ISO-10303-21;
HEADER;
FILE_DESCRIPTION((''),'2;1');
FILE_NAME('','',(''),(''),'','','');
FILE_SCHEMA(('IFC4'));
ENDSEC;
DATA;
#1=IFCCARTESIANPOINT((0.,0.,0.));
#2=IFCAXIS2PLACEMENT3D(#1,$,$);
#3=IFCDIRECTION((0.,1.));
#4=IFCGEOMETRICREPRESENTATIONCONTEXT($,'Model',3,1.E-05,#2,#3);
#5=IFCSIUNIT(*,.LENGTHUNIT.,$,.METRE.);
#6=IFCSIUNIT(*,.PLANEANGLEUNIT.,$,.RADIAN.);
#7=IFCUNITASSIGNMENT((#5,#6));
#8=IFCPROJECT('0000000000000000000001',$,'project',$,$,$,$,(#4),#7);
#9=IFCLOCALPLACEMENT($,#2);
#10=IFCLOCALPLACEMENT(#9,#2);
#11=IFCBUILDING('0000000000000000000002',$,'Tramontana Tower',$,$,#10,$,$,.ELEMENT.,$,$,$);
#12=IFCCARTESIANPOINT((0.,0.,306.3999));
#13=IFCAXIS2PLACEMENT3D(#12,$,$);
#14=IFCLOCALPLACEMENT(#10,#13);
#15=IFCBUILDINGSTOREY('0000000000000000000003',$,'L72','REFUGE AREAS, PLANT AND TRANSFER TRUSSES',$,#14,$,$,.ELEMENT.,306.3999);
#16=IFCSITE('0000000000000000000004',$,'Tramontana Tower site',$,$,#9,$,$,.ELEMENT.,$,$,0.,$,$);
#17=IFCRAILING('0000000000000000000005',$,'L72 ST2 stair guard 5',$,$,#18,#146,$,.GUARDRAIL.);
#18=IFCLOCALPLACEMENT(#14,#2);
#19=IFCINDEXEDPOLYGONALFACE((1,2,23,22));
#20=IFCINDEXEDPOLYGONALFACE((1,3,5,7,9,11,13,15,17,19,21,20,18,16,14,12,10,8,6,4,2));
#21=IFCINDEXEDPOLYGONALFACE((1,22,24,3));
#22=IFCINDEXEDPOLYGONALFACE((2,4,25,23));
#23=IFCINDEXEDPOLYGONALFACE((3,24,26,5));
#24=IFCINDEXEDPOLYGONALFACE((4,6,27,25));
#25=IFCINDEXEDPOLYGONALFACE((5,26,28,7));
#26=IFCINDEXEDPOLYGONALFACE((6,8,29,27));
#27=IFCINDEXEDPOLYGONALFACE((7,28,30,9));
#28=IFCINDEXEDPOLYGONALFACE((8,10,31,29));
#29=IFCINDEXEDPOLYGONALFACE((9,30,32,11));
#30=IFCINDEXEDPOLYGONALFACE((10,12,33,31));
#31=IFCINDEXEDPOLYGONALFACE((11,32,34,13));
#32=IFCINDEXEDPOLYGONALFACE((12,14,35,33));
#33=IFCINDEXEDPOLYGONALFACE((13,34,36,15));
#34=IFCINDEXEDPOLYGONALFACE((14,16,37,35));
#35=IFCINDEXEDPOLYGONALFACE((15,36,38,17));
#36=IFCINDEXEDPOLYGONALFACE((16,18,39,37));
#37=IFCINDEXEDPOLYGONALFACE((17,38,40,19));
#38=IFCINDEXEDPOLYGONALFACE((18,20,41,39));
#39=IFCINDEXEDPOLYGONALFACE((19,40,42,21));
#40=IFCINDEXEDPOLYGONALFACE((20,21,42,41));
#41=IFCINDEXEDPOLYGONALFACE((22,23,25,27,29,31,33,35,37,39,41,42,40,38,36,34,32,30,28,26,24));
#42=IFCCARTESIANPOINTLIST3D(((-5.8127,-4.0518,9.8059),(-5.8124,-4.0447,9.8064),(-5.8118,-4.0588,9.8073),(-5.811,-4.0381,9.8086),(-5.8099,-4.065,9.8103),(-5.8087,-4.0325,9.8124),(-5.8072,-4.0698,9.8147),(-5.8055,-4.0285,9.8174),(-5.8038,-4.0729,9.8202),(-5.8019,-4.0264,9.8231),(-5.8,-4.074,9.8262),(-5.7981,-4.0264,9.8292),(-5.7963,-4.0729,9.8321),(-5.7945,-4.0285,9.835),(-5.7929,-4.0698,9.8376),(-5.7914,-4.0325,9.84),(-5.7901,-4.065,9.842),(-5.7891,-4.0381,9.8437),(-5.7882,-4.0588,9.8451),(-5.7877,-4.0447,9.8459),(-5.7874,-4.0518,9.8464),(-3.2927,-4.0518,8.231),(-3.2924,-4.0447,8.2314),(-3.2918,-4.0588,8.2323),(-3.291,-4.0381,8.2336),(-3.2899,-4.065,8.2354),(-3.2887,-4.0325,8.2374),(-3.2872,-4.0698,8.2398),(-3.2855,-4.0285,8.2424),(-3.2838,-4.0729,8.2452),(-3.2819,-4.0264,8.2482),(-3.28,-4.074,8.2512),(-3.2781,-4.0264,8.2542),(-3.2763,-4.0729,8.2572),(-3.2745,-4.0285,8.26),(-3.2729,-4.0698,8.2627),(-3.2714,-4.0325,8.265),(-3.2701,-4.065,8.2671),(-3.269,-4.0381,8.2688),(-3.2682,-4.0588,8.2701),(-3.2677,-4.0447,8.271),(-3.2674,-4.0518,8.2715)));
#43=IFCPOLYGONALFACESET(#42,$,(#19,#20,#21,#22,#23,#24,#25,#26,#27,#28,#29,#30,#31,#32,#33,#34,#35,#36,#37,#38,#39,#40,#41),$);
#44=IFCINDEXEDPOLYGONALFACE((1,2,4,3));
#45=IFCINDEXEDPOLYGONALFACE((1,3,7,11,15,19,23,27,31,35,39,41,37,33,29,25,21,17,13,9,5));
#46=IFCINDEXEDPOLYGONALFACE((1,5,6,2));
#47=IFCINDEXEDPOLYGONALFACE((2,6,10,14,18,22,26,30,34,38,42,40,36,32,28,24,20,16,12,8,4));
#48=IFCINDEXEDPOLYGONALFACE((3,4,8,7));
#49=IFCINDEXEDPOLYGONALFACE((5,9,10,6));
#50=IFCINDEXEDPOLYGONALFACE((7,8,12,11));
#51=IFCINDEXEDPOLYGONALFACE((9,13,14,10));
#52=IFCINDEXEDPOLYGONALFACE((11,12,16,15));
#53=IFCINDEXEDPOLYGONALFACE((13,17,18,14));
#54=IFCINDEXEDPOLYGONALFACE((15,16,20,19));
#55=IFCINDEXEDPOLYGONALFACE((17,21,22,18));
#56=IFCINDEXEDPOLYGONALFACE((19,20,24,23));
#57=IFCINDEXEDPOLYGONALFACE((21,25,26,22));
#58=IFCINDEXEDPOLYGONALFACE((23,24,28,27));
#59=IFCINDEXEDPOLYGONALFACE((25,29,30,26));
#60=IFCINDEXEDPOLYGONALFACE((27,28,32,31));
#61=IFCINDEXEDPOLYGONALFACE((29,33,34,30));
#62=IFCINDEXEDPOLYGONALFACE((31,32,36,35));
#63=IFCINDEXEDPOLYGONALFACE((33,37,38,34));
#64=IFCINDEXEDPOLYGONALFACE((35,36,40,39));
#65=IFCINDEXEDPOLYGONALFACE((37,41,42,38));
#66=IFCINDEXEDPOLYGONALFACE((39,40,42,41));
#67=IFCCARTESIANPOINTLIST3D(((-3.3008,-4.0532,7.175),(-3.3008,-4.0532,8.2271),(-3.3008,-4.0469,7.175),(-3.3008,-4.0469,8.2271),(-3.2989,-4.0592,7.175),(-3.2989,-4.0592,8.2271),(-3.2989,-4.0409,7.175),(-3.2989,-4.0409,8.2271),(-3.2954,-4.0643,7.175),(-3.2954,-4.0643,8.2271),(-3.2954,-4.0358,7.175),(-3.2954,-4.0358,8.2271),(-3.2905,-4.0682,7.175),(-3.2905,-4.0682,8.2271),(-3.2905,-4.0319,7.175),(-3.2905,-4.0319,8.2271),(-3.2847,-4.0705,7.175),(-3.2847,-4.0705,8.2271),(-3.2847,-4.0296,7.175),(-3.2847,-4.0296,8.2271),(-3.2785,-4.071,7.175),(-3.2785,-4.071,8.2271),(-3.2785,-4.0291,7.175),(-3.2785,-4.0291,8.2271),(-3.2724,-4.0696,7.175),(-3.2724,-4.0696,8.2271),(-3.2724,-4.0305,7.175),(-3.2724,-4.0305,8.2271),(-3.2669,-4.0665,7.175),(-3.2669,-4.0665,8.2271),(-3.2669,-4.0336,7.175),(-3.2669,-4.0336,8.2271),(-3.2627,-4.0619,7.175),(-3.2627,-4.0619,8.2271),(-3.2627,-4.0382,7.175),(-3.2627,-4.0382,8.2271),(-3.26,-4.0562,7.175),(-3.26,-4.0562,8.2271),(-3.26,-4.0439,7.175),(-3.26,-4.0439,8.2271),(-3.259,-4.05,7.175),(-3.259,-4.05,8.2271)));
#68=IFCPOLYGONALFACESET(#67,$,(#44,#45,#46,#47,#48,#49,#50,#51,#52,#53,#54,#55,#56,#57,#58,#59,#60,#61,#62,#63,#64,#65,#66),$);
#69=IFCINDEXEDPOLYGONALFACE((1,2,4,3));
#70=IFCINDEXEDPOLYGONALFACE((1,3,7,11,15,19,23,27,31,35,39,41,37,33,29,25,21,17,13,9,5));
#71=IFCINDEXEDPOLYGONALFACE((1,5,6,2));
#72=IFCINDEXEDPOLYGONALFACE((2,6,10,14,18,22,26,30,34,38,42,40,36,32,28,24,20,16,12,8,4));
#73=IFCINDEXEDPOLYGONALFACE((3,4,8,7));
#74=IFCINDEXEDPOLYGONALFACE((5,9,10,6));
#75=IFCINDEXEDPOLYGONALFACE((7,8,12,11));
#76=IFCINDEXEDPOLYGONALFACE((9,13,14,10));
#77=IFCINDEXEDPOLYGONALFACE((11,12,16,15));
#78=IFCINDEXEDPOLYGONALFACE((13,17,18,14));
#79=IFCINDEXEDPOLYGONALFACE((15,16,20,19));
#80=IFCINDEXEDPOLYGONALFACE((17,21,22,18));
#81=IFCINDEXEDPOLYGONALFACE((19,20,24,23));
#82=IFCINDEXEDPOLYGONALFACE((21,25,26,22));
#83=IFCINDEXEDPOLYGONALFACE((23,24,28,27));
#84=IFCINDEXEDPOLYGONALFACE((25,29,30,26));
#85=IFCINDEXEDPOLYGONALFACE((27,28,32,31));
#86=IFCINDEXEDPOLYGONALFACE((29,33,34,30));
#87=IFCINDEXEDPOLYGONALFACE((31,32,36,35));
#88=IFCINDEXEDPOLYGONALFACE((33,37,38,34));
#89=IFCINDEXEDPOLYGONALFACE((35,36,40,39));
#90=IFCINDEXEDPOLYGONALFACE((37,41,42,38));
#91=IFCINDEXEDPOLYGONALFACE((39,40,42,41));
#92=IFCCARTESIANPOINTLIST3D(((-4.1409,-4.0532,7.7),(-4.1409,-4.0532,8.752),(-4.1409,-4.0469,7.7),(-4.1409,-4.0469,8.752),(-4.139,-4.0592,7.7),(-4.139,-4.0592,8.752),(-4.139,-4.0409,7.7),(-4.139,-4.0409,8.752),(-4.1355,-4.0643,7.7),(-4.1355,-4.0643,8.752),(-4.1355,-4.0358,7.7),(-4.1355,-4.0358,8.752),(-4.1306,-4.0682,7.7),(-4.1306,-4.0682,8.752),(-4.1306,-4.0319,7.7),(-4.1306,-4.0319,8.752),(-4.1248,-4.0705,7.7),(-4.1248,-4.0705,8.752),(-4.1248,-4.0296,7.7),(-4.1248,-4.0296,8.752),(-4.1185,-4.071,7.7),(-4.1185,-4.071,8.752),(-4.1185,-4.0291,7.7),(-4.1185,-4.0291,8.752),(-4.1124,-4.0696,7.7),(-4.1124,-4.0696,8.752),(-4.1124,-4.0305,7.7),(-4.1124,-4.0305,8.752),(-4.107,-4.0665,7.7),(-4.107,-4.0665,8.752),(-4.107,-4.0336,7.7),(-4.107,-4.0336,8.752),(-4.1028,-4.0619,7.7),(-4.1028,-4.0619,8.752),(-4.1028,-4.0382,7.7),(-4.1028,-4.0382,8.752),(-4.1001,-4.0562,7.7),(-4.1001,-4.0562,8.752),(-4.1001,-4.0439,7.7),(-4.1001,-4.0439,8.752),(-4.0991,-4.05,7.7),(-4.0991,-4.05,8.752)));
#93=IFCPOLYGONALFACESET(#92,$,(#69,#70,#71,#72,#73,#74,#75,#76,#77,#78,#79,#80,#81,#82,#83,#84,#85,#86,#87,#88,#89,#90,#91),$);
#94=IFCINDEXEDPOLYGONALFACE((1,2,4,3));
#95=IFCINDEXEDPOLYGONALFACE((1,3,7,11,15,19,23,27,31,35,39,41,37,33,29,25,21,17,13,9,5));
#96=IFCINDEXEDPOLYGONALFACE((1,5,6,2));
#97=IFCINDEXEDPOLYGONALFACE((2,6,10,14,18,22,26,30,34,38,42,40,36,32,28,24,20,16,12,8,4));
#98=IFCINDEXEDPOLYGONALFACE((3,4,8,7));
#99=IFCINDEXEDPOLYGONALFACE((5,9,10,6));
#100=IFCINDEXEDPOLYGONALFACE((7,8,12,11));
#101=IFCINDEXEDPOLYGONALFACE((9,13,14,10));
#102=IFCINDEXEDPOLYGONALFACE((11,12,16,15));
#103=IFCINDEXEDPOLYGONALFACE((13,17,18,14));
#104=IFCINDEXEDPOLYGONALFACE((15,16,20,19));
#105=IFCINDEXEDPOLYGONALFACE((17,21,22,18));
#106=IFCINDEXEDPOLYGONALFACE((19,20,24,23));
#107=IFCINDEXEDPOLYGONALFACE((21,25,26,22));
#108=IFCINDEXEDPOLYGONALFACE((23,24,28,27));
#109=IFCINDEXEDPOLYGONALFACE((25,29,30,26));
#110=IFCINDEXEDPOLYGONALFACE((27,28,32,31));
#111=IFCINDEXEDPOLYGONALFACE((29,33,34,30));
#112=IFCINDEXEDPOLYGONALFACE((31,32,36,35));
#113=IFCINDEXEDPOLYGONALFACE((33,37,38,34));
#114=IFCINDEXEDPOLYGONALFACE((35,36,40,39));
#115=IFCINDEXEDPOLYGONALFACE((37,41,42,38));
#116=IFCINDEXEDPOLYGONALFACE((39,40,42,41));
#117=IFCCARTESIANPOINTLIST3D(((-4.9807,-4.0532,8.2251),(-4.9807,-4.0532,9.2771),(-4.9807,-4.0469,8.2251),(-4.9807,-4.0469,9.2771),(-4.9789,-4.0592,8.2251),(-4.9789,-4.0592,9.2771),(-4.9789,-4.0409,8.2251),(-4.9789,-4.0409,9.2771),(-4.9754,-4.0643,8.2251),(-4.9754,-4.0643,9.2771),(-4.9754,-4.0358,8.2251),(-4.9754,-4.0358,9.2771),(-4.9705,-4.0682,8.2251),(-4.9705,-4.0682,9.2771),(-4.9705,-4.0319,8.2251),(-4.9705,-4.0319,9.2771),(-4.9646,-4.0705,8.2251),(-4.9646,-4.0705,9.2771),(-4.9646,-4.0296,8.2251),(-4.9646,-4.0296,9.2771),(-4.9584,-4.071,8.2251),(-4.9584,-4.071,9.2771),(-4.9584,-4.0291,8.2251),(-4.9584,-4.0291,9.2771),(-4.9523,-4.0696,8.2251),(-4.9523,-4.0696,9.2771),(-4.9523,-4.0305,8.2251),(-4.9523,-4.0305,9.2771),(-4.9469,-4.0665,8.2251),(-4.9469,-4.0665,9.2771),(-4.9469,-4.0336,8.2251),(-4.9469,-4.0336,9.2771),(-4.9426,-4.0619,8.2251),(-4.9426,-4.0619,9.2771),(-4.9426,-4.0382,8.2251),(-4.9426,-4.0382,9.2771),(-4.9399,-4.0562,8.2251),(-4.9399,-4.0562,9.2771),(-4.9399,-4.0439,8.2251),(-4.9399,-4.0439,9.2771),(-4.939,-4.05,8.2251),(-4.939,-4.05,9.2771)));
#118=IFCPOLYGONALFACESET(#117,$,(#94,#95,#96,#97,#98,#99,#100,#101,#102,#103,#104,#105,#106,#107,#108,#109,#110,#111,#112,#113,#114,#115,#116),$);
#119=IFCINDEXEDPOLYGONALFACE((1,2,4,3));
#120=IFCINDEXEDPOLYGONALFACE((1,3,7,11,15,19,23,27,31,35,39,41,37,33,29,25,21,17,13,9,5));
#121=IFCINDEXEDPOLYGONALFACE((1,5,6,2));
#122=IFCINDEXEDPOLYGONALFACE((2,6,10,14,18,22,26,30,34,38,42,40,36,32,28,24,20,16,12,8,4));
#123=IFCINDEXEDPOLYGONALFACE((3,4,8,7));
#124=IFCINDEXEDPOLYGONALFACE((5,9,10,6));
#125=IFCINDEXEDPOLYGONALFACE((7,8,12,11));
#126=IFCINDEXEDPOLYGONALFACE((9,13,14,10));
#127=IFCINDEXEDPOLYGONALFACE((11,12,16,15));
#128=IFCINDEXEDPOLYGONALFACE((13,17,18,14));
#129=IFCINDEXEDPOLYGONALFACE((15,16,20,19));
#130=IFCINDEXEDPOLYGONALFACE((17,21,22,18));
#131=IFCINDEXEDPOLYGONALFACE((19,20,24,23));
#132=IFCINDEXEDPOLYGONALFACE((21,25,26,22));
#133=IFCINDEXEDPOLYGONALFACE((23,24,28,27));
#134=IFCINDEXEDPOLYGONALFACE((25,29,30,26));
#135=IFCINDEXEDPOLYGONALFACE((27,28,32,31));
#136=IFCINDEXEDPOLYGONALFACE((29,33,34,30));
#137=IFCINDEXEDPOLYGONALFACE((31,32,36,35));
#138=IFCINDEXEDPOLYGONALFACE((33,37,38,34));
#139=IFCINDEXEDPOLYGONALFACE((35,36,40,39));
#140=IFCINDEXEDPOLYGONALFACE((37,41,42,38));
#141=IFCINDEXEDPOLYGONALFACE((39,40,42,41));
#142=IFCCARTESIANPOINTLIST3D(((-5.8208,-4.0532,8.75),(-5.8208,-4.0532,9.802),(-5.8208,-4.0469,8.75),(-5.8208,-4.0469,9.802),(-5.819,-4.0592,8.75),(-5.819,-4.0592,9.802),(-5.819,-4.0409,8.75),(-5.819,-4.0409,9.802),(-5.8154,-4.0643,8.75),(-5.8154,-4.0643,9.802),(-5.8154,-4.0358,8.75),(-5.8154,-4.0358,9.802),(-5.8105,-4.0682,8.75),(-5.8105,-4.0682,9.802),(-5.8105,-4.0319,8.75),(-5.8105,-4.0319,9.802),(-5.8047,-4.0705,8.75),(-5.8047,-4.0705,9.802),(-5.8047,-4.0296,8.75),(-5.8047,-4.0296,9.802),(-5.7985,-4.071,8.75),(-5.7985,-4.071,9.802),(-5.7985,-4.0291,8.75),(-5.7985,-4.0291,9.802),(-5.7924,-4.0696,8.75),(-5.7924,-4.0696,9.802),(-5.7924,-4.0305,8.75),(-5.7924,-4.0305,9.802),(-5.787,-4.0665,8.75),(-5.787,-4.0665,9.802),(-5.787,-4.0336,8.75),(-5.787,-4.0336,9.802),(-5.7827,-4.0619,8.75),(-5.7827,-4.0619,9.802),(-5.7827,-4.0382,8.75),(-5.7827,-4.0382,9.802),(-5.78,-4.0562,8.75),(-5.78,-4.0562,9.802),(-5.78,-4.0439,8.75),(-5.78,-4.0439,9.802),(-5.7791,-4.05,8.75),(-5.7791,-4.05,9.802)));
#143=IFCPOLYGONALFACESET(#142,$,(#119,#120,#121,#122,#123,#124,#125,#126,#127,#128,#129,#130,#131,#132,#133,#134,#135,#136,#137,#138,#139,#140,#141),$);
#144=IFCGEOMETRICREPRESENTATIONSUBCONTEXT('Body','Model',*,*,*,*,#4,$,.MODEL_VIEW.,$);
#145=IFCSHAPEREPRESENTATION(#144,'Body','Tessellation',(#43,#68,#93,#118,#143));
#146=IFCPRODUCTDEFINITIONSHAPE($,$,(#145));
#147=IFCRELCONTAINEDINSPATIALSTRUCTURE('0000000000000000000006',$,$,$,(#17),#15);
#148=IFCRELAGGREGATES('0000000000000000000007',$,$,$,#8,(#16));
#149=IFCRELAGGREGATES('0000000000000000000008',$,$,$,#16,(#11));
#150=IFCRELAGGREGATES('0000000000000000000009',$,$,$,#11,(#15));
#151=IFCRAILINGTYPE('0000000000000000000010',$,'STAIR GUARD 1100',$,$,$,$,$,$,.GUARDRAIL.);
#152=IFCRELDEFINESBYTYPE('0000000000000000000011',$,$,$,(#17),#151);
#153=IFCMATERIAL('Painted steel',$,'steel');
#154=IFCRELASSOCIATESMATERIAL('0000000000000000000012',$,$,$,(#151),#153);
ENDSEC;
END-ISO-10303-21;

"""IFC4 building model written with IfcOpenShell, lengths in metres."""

from ifc_helpers import new_model, si_unit, direction, frame, origin, origin_2d, place, context, subcontext, project, spatial, circle, extrude, material, type_object, element, save


model = new_model("IFC4")

# Units and contexts
model_context = context("Model", 3, precision=1e-05, world=origin(), true_north=direction((0.0, 1.0)))
body_context = subcontext(model_context, "Body", "Model", "MODEL_VIEW")
ifc_project = project(units=[si_unit("LENGTHUNIT", "METRE"), si_unit("PLANEANGLEUNIT", "RADIAN")], contexts=[model_context])

# Site, building, storey
site_placement = place(None, origin())
site = spatial("IfcSite", under=ifc_project, at=site_placement, Name="Tramontana Tower site", CompositionType="ELEMENT", RefElevation=0.0)
building_placement = place(site_placement, origin())
building = spatial("IfcBuilding", under=site, at=building_placement, Name="Tramontana Tower", CompositionType="ELEMENT")
storey_placement = place(building_placement, frame((0.0, 0.0, 306.3999)))
storey = spatial("IfcBuildingStorey", under=building, at=storey_placement, Name="L72", Description="REFUGE AREAS, PLANT AND TRANSFER TRUSSES", CompositionType="ELEMENT", Elevation=306.3999)

# Railing
ifc_material_1 = material(Name="Painted steel", Category="steel")
railing_type = type_object("IfcRailingType", Name="STAIR GUARD 1100", PredefinedType="GUARDRAIL", material=ifc_material_1)
for number, where, name in (
    (1, (-3.28, -4.05, 7.175), "L72 ST2 stair guard 5"),
):
    element("IfcRailing", number, at=place(storey_placement, frame(where)), inside=storey, type_object=railing_type, Name=name, PredefinedType="GUARDRAIL", context=body_context, shape_type="SweptSolid", body=[
        extrude(circle(Radius=0.0239, at=origin_2d()), frame((0.0, 0.0, 1.0762), z_axis=(-0.848008, 0.0, 0.529984), x_axis=(0.0, -1.0, 0.0)), (0.0, 0.0, 1.0), 2.9717),
        extrude(circle(Radius=0.021, at=origin_2d()), origin(), (0.0, 0.0, 1.0), 1.052),
        extrude(circle(Radius=0.021, at=origin_2d()), frame((-0.8401, 0.0, 0.5249)), (0.0, 0.0, 1.0), 1.052),
        extrude(circle(Radius=0.021, at=origin_2d()), frame((-1.6799, 0.0, 1.05)), (0.0, 0.0, 1.0), 1.052),
        extrude(circle(Radius=0.021, at=origin_2d()), frame((-2.52, 0.0, 1.575)), (0.0, 0.0, 1.0), 1.052),
    ])

save(model, "model.ifc")
